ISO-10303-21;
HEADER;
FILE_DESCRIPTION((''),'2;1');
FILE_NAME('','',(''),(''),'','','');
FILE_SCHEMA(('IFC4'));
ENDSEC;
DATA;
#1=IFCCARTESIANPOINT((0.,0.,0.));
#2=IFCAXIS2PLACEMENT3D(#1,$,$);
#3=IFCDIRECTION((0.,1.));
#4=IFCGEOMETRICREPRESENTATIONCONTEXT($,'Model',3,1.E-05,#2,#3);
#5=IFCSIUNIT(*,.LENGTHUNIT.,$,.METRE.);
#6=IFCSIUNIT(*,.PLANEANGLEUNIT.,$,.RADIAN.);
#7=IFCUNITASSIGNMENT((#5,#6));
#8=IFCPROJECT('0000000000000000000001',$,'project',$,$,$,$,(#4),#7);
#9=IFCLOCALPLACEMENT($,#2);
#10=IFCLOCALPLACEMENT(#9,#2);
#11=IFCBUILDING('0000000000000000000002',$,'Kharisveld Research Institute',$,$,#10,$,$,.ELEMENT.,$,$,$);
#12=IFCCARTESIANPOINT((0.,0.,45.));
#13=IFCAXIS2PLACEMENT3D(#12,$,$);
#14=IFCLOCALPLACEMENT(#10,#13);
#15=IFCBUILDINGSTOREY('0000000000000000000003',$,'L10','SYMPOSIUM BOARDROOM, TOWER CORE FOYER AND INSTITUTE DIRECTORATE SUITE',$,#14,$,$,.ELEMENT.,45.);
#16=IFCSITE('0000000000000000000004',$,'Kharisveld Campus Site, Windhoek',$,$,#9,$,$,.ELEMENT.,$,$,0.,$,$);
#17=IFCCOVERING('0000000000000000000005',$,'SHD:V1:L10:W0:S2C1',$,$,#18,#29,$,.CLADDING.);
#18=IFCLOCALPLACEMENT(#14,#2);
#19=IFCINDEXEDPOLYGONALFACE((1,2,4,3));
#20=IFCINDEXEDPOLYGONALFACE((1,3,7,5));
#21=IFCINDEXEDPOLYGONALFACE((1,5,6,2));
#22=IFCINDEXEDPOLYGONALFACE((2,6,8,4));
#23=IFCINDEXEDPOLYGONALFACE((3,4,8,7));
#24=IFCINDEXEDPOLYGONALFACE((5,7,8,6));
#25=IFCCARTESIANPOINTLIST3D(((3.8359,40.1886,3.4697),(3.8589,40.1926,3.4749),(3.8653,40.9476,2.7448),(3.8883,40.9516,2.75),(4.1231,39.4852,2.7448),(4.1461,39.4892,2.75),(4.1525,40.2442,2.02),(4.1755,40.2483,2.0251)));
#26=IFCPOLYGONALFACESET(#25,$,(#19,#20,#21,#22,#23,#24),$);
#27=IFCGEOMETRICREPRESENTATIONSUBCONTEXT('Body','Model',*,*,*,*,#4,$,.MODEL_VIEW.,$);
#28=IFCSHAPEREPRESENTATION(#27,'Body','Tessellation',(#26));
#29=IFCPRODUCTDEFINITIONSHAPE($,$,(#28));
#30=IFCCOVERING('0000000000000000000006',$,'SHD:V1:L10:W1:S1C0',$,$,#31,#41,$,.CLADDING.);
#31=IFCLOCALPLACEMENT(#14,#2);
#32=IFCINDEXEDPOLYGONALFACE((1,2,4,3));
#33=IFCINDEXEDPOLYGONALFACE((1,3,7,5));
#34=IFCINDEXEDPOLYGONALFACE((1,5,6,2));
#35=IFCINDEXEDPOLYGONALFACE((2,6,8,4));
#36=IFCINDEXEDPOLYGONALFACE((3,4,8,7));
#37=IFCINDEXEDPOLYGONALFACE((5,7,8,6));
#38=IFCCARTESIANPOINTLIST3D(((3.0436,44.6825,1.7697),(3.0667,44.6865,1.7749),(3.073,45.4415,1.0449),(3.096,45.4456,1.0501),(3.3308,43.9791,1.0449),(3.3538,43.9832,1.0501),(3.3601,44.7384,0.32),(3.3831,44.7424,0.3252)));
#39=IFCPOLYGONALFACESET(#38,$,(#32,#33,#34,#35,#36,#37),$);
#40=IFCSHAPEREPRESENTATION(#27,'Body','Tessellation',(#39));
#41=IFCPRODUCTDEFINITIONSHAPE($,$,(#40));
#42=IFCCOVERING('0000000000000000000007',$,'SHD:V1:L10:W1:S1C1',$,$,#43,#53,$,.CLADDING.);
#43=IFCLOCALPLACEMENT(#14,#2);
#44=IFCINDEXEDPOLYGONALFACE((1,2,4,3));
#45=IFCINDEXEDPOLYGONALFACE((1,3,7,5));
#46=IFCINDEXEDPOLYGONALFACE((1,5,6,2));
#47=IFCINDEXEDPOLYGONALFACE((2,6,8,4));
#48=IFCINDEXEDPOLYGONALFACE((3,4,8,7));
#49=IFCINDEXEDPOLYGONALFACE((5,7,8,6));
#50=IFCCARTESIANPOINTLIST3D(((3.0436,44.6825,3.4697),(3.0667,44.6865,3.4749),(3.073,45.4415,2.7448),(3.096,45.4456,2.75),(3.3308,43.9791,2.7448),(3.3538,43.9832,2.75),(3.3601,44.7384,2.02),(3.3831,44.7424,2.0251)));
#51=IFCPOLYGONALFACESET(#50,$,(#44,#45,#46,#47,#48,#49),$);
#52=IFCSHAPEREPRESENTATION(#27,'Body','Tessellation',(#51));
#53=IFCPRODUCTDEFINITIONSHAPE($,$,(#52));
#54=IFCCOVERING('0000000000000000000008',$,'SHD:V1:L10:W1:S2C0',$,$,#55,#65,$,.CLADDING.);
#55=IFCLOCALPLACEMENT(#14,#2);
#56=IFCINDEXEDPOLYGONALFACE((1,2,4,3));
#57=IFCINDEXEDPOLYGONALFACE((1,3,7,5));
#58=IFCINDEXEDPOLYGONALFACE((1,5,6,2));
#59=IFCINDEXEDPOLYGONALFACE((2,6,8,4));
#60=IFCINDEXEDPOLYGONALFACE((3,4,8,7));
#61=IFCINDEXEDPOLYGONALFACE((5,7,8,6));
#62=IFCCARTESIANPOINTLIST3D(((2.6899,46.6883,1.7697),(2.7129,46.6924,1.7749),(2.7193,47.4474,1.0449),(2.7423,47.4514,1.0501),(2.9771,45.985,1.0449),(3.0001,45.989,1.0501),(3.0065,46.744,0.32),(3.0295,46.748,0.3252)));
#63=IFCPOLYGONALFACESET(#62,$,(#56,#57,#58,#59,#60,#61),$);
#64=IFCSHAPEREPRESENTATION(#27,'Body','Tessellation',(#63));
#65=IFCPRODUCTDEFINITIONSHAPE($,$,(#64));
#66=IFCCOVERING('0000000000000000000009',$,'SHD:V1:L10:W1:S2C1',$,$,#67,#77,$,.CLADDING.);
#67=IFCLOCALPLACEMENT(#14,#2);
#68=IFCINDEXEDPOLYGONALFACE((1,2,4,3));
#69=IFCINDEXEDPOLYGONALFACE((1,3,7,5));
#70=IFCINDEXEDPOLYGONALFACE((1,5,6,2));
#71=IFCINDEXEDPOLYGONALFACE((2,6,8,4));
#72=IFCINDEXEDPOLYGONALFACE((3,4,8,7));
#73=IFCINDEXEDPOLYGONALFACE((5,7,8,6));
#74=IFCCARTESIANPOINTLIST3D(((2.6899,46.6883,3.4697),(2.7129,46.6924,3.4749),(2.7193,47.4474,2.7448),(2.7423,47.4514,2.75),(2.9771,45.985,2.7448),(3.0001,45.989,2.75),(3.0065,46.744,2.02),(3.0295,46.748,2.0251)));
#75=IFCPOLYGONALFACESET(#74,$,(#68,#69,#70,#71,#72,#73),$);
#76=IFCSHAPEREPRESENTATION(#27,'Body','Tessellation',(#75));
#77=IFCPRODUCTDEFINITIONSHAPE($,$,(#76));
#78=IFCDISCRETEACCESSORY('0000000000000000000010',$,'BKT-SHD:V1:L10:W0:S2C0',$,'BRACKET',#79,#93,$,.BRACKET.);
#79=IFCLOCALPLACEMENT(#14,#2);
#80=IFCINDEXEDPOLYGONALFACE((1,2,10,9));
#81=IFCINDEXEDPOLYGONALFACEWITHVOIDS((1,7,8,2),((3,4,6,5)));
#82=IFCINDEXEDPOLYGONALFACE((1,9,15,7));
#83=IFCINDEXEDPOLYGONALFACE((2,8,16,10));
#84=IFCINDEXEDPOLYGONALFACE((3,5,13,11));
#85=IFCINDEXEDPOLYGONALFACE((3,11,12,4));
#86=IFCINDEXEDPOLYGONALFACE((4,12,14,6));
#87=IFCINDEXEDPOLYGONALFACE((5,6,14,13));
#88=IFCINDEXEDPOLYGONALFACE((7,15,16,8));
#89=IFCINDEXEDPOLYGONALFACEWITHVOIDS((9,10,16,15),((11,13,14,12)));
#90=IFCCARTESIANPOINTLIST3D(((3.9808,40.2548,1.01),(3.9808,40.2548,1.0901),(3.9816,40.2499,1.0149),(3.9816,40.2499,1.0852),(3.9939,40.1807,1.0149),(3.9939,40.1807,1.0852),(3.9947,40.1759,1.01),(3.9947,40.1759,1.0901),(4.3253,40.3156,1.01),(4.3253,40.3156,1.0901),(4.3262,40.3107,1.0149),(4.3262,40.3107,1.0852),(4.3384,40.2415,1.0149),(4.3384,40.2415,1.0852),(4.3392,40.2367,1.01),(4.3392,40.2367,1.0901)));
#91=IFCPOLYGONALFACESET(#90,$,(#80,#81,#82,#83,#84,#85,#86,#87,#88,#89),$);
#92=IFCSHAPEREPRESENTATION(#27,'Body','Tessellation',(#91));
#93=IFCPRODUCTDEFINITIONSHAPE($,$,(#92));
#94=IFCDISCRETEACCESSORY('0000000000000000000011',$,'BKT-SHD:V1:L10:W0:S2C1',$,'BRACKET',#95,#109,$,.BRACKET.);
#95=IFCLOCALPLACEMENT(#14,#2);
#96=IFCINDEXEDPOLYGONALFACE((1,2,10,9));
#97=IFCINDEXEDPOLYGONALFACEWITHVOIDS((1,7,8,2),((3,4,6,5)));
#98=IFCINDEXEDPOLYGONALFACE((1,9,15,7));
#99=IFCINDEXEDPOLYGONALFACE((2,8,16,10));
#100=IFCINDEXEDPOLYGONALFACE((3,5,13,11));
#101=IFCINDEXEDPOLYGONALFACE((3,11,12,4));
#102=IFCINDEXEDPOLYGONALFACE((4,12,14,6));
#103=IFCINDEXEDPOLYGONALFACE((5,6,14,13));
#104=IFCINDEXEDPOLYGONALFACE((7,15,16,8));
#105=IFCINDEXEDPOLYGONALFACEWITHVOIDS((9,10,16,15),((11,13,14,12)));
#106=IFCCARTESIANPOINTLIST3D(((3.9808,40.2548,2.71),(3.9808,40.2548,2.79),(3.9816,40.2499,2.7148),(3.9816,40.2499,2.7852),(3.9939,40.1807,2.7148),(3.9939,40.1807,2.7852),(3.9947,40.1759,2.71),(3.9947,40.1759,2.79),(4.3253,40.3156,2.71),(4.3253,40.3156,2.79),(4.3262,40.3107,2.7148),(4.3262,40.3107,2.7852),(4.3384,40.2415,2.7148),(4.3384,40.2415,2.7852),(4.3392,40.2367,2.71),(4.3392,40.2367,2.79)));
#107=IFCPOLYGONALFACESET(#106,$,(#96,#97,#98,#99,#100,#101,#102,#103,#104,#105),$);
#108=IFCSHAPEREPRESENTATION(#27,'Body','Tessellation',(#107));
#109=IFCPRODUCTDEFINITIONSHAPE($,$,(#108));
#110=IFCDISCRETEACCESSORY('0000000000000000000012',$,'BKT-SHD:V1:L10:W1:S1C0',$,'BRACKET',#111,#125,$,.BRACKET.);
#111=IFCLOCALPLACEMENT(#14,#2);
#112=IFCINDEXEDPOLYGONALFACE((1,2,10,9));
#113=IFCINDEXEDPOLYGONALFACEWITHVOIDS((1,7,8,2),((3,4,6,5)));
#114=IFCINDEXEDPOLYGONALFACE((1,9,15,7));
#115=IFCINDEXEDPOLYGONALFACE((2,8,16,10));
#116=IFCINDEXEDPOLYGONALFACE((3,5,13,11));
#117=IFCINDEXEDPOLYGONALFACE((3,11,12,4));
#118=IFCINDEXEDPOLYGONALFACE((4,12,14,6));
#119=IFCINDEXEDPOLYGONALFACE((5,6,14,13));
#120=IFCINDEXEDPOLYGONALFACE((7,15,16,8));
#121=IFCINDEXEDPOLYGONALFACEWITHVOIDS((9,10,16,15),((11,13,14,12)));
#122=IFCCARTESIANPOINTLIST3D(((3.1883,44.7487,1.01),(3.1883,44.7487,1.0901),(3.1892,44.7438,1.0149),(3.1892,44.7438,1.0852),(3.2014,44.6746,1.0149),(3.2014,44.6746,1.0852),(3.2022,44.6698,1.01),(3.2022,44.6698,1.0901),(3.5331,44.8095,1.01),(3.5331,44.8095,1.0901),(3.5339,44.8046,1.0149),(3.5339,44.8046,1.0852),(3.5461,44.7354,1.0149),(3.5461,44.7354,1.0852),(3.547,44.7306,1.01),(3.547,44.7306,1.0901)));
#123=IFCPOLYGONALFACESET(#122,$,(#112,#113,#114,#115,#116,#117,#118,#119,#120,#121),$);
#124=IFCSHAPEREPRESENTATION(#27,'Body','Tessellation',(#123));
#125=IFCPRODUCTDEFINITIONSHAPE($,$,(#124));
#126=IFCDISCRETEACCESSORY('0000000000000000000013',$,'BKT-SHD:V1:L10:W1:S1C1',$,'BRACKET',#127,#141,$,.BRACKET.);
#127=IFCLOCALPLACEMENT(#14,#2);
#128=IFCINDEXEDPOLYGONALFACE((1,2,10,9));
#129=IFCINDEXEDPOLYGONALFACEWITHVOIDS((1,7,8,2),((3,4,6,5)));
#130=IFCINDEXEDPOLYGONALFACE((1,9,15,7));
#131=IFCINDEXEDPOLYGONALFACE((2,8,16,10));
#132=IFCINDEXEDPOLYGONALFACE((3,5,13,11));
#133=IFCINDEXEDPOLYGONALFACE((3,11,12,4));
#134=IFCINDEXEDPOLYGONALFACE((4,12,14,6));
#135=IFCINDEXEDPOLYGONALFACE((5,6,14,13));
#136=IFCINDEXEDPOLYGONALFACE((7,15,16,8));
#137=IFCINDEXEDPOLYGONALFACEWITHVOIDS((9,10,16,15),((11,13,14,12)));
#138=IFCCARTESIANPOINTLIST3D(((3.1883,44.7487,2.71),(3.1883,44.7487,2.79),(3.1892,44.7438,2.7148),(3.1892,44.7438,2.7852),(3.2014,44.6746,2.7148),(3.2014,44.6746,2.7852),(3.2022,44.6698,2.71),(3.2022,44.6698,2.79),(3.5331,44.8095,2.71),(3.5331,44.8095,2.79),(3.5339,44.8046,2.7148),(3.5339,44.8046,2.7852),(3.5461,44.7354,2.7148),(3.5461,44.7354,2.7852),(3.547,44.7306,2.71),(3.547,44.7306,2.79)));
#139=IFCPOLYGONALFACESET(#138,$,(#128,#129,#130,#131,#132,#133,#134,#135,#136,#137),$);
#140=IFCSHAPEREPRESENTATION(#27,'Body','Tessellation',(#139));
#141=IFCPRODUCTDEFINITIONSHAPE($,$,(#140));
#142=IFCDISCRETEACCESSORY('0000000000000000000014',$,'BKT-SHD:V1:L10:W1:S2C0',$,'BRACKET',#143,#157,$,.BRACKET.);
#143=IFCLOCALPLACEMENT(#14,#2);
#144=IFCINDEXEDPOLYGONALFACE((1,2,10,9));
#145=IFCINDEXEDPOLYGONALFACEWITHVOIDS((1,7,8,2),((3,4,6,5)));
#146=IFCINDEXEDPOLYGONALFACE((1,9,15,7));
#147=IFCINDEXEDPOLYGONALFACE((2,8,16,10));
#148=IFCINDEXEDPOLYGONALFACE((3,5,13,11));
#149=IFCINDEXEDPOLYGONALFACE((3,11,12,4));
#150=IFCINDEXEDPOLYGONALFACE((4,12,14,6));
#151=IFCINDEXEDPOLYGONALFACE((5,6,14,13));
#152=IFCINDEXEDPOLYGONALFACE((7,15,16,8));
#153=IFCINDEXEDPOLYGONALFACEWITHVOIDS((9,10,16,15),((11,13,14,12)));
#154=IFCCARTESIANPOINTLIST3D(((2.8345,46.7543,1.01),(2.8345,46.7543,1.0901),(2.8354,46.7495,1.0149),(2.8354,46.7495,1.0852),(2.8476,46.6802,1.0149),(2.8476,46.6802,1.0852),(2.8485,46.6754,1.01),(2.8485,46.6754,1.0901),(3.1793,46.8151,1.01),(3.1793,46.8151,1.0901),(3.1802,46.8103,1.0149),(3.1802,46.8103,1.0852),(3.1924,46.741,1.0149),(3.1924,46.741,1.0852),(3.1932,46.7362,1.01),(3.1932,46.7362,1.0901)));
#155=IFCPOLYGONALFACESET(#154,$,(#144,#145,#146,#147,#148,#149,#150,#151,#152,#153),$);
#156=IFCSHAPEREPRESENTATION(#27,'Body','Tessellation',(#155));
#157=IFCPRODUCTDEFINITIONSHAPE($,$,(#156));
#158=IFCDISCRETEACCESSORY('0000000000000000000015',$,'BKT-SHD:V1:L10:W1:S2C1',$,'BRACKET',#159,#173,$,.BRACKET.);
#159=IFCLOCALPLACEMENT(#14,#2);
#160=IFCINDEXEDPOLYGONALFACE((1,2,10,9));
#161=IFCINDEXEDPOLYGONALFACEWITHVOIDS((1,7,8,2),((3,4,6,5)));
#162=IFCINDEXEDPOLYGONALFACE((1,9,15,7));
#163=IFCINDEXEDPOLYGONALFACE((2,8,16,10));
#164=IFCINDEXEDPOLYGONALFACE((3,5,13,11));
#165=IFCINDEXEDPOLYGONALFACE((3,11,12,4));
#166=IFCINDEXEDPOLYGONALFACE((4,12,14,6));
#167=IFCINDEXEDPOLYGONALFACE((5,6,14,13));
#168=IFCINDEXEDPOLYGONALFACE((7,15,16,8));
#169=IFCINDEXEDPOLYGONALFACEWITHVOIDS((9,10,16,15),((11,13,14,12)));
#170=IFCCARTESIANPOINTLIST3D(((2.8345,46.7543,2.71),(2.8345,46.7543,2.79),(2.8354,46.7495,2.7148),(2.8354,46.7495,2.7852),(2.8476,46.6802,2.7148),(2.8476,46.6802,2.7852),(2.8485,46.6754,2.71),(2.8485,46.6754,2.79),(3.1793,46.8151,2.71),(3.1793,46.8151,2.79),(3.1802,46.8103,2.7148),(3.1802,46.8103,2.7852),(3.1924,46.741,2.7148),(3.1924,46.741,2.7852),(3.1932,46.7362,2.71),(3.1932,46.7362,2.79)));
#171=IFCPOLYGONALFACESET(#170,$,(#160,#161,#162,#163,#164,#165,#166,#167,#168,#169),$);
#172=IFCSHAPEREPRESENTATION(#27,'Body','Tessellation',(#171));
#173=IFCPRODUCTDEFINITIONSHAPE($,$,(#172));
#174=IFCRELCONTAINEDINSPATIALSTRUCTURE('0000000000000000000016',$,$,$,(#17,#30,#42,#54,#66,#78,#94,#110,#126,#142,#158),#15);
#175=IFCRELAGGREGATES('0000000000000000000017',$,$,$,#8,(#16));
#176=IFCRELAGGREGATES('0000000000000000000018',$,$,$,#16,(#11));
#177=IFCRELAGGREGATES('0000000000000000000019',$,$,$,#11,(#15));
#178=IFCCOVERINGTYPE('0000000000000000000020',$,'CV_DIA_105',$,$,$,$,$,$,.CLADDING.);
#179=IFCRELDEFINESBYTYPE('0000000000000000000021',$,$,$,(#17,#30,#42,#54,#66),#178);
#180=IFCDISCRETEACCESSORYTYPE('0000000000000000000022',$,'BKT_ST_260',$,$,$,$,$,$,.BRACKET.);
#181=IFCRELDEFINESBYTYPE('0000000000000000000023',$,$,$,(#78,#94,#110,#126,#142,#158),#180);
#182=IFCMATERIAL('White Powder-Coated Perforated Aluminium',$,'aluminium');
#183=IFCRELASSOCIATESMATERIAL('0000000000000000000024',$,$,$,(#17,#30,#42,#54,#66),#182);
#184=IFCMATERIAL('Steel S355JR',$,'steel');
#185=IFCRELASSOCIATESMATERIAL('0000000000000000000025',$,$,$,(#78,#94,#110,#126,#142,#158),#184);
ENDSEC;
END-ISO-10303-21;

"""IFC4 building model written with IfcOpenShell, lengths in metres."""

from ifc_helpers import new_model, si_unit, direction, frame, origin, origin_2d, place, context, subcontext, project, spatial, polyline, hollow_rectangle, outline, extrude, material, type_object, element, save


model = new_model("IFC4")

# Units and contexts
model_context = context("Model", 3, precision=1e-05, world=origin(), true_north=direction((0.0, 1.0)))
body_context = subcontext(model_context, "Body", "Model", "MODEL_VIEW")
ifc_project = project(units=[si_unit("LENGTHUNIT", "METRE"), si_unit("PLANEANGLEUNIT", "RADIAN")], contexts=[model_context])

# Site, building, storey
site_placement = place(None, origin())
site = spatial("IfcSite", under=ifc_project, at=site_placement, Name="Kharisveld Campus Site, Windhoek", CompositionType="ELEMENT", RefElevation=0.0)
building_placement = place(site_placement, origin())
building = spatial("IfcBuilding", under=site, at=building_placement, Name="Kharisveld Research Institute", CompositionType="ELEMENT")
storey_placement = place(building_placement, frame((0.0, 0.0, 45.0)))
storey = spatial("IfcBuildingStorey", under=building, at=storey_placement, Name="L10", Description="SYMPOSIUM BOARDROOM, TOWER CORE FOYER AND INSTITUTE DIRECTORATE SUITE", CompositionType="ELEMENT", Elevation=45.0)

# Coverings
ifc_material_1 = material(Name="White Powder-Coated Perforated Aluminium", Category="aluminium")
covering_type = type_object("IfcCoveringType", Name="CV_DIA_105", PredefinedType="CLADDING")
for number, where, z_axis, x_axis, name in (
    (1, (4.1755, 40.2483, 2.0251), (0.961453, 0.169498, 0.216512), (-0.273536, 0.669834, 0.69029), "SHD:V1:L10:W0:S2C1"),
):
    element("IfcCovering", number, at=place(storey_placement, frame(where, z_axis=z_axis, x_axis=x_axis)), inside=storey, type_object=covering_type, material=ifc_material_1, Name=name, PredefinedType="CLADDING", context=body_context, shape_type="SweptSolid", body=[
        extrude(outline(polyline([(0.0, 0.0), (1.05, 0.0), (1.05, 1.05), (-0.0001, 1.05), (0.0, 0.0)])), origin(), (0.0, 0.0, -1.0), 0.0239),
    ])
for number, where, z_axis, x_axis, name in (
    (2, (3.3831, 44.7424, 0.3252), (0.961481, 0.169503, 0.216385), (-0.273452, 0.669728, 0.690426), "SHD:V1:L10:W1:S1C0"),
    (3, (3.3831, 44.7424, 2.0251), (0.961481, 0.169503, 0.216385), (-0.273452, 0.669728, 0.690426), "SHD:V1:L10:W1:S1C1"),
):
    element("IfcCovering", number, at=place(storey_placement, frame(where, z_axis=z_axis, x_axis=x_axis)), inside=storey, type_object=covering_type, material=ifc_material_1, Name=name, PredefinedType="CLADDING", context=body_context, shape_type="SweptSolid", body=[
        extrude(outline(polyline([(0.0, 0.0), (1.0499, 0.0), (1.05, 1.05), (0.0, 1.0501), (0.0, 0.0)])), origin(), (0.0, 0.0, -1.0), 0.0239),
    ])
for number, where, z_axis, x_axis, name in (
    (4, (3.0295, 46.748, 0.3252), (0.961453, 0.169498, 0.216512), (-0.273536, 0.66983, 0.690294), "SHD:V1:L10:W1:S2C0"),
    (5, (3.0295, 46.748, 2.0251), (0.961453, 0.169498, 0.216512), (-0.273536, 0.66983, 0.690294), "SHD:V1:L10:W1:S2C1"),
):
    element("IfcCovering", number, at=place(storey_placement, frame(where, z_axis=z_axis, x_axis=x_axis)), inside=storey, type_object=covering_type, material=ifc_material_1, Name=name, PredefinedType="CLADDING", context=body_context, shape_type="SweptSolid", body=[
        extrude(outline(polyline([(0.0, 0.0), (1.0501, 0.0), (1.0501, 1.05), (0.0, 1.05), (0.0, 0.0)])), origin(), (0.0, 0.0, -1.0), 0.0239),
    ])

# Discrete accessories
ifc_material_2 = material(Name="Steel S355JR", Category="steel")
discrete_accessory_type = type_object("IfcDiscreteAccessoryType", Name="BKT_ST_260", PredefinedType="BRACKET")
for number, where, z_axis, x_axis, name in (
    (6, (4.3323, 40.2761, 1.05), (-0.984784, -0.173785, 0.0), (0.173785, -0.984784, 0.0), "BKT-SHD:V1:L10:W0:S2C0"),
    (7, (4.3323, 40.2761, 2.75), (-0.984784, -0.173785, 0.0), (0.173785, -0.984784, 0.0), "BKT-SHD:V1:L10:W0:S2C1"),
):
    element("IfcDiscreteAccessory", number, at=place(storey_placement, frame(where, z_axis=z_axis, x_axis=x_axis)), inside=storey, type_object=discrete_accessory_type, material=ifc_material_2, Name=name, ObjectType="BRACKET", PredefinedType="BRACKET", context=body_context, shape_type="SweptSolid", body=[
        extrude(hollow_rectangle(XDim=0.0801, YDim=0.0801, WallThickness=0.0049, at=origin_2d()), origin(), (0.0, 0.0, 1.0), 0.3499),
    ])
for number, where, z_axis, x_axis, name in (
    (8, (3.54, 44.77, 1.05), (-0.984805, -0.173666, 0.0), (0.173666, -0.984805, 0.0), "BKT-SHD:V1:L10:W1:S1C0"),
    (9, (3.54, 44.77, 2.75), (-0.984805, -0.173666, 0.0), (0.173666, -0.984805, 0.0), "BKT-SHD:V1:L10:W1:S1C1"),
    (10, (3.1863, 46.7756, 1.05), (-0.984805, -0.173666, 0.0), (0.173666, -0.984805, 0.0), "BKT-SHD:V1:L10:W1:S2C0"),
    (11, (3.1863, 46.7756, 2.75), (-0.984805, -0.173666, 0.0), (0.173666, -0.984805, 0.0), "BKT-SHD:V1:L10:W1:S2C1"),
):
    element("IfcDiscreteAccessory", number, at=place(storey_placement, frame(where, z_axis=z_axis, x_axis=x_axis)), inside=storey, type_object=discrete_accessory_type, material=ifc_material_2, Name=name, ObjectType="BRACKET", PredefinedType="BRACKET", context=body_context, shape_type="SweptSolid", body=[
        extrude(hollow_rectangle(XDim=0.0801, YDim=0.0801, WallThickness=0.0049, at=origin_2d()), origin(), (0.0, 0.0, 1.0), 0.3501),
    ])

save(model, "model.ifc")
